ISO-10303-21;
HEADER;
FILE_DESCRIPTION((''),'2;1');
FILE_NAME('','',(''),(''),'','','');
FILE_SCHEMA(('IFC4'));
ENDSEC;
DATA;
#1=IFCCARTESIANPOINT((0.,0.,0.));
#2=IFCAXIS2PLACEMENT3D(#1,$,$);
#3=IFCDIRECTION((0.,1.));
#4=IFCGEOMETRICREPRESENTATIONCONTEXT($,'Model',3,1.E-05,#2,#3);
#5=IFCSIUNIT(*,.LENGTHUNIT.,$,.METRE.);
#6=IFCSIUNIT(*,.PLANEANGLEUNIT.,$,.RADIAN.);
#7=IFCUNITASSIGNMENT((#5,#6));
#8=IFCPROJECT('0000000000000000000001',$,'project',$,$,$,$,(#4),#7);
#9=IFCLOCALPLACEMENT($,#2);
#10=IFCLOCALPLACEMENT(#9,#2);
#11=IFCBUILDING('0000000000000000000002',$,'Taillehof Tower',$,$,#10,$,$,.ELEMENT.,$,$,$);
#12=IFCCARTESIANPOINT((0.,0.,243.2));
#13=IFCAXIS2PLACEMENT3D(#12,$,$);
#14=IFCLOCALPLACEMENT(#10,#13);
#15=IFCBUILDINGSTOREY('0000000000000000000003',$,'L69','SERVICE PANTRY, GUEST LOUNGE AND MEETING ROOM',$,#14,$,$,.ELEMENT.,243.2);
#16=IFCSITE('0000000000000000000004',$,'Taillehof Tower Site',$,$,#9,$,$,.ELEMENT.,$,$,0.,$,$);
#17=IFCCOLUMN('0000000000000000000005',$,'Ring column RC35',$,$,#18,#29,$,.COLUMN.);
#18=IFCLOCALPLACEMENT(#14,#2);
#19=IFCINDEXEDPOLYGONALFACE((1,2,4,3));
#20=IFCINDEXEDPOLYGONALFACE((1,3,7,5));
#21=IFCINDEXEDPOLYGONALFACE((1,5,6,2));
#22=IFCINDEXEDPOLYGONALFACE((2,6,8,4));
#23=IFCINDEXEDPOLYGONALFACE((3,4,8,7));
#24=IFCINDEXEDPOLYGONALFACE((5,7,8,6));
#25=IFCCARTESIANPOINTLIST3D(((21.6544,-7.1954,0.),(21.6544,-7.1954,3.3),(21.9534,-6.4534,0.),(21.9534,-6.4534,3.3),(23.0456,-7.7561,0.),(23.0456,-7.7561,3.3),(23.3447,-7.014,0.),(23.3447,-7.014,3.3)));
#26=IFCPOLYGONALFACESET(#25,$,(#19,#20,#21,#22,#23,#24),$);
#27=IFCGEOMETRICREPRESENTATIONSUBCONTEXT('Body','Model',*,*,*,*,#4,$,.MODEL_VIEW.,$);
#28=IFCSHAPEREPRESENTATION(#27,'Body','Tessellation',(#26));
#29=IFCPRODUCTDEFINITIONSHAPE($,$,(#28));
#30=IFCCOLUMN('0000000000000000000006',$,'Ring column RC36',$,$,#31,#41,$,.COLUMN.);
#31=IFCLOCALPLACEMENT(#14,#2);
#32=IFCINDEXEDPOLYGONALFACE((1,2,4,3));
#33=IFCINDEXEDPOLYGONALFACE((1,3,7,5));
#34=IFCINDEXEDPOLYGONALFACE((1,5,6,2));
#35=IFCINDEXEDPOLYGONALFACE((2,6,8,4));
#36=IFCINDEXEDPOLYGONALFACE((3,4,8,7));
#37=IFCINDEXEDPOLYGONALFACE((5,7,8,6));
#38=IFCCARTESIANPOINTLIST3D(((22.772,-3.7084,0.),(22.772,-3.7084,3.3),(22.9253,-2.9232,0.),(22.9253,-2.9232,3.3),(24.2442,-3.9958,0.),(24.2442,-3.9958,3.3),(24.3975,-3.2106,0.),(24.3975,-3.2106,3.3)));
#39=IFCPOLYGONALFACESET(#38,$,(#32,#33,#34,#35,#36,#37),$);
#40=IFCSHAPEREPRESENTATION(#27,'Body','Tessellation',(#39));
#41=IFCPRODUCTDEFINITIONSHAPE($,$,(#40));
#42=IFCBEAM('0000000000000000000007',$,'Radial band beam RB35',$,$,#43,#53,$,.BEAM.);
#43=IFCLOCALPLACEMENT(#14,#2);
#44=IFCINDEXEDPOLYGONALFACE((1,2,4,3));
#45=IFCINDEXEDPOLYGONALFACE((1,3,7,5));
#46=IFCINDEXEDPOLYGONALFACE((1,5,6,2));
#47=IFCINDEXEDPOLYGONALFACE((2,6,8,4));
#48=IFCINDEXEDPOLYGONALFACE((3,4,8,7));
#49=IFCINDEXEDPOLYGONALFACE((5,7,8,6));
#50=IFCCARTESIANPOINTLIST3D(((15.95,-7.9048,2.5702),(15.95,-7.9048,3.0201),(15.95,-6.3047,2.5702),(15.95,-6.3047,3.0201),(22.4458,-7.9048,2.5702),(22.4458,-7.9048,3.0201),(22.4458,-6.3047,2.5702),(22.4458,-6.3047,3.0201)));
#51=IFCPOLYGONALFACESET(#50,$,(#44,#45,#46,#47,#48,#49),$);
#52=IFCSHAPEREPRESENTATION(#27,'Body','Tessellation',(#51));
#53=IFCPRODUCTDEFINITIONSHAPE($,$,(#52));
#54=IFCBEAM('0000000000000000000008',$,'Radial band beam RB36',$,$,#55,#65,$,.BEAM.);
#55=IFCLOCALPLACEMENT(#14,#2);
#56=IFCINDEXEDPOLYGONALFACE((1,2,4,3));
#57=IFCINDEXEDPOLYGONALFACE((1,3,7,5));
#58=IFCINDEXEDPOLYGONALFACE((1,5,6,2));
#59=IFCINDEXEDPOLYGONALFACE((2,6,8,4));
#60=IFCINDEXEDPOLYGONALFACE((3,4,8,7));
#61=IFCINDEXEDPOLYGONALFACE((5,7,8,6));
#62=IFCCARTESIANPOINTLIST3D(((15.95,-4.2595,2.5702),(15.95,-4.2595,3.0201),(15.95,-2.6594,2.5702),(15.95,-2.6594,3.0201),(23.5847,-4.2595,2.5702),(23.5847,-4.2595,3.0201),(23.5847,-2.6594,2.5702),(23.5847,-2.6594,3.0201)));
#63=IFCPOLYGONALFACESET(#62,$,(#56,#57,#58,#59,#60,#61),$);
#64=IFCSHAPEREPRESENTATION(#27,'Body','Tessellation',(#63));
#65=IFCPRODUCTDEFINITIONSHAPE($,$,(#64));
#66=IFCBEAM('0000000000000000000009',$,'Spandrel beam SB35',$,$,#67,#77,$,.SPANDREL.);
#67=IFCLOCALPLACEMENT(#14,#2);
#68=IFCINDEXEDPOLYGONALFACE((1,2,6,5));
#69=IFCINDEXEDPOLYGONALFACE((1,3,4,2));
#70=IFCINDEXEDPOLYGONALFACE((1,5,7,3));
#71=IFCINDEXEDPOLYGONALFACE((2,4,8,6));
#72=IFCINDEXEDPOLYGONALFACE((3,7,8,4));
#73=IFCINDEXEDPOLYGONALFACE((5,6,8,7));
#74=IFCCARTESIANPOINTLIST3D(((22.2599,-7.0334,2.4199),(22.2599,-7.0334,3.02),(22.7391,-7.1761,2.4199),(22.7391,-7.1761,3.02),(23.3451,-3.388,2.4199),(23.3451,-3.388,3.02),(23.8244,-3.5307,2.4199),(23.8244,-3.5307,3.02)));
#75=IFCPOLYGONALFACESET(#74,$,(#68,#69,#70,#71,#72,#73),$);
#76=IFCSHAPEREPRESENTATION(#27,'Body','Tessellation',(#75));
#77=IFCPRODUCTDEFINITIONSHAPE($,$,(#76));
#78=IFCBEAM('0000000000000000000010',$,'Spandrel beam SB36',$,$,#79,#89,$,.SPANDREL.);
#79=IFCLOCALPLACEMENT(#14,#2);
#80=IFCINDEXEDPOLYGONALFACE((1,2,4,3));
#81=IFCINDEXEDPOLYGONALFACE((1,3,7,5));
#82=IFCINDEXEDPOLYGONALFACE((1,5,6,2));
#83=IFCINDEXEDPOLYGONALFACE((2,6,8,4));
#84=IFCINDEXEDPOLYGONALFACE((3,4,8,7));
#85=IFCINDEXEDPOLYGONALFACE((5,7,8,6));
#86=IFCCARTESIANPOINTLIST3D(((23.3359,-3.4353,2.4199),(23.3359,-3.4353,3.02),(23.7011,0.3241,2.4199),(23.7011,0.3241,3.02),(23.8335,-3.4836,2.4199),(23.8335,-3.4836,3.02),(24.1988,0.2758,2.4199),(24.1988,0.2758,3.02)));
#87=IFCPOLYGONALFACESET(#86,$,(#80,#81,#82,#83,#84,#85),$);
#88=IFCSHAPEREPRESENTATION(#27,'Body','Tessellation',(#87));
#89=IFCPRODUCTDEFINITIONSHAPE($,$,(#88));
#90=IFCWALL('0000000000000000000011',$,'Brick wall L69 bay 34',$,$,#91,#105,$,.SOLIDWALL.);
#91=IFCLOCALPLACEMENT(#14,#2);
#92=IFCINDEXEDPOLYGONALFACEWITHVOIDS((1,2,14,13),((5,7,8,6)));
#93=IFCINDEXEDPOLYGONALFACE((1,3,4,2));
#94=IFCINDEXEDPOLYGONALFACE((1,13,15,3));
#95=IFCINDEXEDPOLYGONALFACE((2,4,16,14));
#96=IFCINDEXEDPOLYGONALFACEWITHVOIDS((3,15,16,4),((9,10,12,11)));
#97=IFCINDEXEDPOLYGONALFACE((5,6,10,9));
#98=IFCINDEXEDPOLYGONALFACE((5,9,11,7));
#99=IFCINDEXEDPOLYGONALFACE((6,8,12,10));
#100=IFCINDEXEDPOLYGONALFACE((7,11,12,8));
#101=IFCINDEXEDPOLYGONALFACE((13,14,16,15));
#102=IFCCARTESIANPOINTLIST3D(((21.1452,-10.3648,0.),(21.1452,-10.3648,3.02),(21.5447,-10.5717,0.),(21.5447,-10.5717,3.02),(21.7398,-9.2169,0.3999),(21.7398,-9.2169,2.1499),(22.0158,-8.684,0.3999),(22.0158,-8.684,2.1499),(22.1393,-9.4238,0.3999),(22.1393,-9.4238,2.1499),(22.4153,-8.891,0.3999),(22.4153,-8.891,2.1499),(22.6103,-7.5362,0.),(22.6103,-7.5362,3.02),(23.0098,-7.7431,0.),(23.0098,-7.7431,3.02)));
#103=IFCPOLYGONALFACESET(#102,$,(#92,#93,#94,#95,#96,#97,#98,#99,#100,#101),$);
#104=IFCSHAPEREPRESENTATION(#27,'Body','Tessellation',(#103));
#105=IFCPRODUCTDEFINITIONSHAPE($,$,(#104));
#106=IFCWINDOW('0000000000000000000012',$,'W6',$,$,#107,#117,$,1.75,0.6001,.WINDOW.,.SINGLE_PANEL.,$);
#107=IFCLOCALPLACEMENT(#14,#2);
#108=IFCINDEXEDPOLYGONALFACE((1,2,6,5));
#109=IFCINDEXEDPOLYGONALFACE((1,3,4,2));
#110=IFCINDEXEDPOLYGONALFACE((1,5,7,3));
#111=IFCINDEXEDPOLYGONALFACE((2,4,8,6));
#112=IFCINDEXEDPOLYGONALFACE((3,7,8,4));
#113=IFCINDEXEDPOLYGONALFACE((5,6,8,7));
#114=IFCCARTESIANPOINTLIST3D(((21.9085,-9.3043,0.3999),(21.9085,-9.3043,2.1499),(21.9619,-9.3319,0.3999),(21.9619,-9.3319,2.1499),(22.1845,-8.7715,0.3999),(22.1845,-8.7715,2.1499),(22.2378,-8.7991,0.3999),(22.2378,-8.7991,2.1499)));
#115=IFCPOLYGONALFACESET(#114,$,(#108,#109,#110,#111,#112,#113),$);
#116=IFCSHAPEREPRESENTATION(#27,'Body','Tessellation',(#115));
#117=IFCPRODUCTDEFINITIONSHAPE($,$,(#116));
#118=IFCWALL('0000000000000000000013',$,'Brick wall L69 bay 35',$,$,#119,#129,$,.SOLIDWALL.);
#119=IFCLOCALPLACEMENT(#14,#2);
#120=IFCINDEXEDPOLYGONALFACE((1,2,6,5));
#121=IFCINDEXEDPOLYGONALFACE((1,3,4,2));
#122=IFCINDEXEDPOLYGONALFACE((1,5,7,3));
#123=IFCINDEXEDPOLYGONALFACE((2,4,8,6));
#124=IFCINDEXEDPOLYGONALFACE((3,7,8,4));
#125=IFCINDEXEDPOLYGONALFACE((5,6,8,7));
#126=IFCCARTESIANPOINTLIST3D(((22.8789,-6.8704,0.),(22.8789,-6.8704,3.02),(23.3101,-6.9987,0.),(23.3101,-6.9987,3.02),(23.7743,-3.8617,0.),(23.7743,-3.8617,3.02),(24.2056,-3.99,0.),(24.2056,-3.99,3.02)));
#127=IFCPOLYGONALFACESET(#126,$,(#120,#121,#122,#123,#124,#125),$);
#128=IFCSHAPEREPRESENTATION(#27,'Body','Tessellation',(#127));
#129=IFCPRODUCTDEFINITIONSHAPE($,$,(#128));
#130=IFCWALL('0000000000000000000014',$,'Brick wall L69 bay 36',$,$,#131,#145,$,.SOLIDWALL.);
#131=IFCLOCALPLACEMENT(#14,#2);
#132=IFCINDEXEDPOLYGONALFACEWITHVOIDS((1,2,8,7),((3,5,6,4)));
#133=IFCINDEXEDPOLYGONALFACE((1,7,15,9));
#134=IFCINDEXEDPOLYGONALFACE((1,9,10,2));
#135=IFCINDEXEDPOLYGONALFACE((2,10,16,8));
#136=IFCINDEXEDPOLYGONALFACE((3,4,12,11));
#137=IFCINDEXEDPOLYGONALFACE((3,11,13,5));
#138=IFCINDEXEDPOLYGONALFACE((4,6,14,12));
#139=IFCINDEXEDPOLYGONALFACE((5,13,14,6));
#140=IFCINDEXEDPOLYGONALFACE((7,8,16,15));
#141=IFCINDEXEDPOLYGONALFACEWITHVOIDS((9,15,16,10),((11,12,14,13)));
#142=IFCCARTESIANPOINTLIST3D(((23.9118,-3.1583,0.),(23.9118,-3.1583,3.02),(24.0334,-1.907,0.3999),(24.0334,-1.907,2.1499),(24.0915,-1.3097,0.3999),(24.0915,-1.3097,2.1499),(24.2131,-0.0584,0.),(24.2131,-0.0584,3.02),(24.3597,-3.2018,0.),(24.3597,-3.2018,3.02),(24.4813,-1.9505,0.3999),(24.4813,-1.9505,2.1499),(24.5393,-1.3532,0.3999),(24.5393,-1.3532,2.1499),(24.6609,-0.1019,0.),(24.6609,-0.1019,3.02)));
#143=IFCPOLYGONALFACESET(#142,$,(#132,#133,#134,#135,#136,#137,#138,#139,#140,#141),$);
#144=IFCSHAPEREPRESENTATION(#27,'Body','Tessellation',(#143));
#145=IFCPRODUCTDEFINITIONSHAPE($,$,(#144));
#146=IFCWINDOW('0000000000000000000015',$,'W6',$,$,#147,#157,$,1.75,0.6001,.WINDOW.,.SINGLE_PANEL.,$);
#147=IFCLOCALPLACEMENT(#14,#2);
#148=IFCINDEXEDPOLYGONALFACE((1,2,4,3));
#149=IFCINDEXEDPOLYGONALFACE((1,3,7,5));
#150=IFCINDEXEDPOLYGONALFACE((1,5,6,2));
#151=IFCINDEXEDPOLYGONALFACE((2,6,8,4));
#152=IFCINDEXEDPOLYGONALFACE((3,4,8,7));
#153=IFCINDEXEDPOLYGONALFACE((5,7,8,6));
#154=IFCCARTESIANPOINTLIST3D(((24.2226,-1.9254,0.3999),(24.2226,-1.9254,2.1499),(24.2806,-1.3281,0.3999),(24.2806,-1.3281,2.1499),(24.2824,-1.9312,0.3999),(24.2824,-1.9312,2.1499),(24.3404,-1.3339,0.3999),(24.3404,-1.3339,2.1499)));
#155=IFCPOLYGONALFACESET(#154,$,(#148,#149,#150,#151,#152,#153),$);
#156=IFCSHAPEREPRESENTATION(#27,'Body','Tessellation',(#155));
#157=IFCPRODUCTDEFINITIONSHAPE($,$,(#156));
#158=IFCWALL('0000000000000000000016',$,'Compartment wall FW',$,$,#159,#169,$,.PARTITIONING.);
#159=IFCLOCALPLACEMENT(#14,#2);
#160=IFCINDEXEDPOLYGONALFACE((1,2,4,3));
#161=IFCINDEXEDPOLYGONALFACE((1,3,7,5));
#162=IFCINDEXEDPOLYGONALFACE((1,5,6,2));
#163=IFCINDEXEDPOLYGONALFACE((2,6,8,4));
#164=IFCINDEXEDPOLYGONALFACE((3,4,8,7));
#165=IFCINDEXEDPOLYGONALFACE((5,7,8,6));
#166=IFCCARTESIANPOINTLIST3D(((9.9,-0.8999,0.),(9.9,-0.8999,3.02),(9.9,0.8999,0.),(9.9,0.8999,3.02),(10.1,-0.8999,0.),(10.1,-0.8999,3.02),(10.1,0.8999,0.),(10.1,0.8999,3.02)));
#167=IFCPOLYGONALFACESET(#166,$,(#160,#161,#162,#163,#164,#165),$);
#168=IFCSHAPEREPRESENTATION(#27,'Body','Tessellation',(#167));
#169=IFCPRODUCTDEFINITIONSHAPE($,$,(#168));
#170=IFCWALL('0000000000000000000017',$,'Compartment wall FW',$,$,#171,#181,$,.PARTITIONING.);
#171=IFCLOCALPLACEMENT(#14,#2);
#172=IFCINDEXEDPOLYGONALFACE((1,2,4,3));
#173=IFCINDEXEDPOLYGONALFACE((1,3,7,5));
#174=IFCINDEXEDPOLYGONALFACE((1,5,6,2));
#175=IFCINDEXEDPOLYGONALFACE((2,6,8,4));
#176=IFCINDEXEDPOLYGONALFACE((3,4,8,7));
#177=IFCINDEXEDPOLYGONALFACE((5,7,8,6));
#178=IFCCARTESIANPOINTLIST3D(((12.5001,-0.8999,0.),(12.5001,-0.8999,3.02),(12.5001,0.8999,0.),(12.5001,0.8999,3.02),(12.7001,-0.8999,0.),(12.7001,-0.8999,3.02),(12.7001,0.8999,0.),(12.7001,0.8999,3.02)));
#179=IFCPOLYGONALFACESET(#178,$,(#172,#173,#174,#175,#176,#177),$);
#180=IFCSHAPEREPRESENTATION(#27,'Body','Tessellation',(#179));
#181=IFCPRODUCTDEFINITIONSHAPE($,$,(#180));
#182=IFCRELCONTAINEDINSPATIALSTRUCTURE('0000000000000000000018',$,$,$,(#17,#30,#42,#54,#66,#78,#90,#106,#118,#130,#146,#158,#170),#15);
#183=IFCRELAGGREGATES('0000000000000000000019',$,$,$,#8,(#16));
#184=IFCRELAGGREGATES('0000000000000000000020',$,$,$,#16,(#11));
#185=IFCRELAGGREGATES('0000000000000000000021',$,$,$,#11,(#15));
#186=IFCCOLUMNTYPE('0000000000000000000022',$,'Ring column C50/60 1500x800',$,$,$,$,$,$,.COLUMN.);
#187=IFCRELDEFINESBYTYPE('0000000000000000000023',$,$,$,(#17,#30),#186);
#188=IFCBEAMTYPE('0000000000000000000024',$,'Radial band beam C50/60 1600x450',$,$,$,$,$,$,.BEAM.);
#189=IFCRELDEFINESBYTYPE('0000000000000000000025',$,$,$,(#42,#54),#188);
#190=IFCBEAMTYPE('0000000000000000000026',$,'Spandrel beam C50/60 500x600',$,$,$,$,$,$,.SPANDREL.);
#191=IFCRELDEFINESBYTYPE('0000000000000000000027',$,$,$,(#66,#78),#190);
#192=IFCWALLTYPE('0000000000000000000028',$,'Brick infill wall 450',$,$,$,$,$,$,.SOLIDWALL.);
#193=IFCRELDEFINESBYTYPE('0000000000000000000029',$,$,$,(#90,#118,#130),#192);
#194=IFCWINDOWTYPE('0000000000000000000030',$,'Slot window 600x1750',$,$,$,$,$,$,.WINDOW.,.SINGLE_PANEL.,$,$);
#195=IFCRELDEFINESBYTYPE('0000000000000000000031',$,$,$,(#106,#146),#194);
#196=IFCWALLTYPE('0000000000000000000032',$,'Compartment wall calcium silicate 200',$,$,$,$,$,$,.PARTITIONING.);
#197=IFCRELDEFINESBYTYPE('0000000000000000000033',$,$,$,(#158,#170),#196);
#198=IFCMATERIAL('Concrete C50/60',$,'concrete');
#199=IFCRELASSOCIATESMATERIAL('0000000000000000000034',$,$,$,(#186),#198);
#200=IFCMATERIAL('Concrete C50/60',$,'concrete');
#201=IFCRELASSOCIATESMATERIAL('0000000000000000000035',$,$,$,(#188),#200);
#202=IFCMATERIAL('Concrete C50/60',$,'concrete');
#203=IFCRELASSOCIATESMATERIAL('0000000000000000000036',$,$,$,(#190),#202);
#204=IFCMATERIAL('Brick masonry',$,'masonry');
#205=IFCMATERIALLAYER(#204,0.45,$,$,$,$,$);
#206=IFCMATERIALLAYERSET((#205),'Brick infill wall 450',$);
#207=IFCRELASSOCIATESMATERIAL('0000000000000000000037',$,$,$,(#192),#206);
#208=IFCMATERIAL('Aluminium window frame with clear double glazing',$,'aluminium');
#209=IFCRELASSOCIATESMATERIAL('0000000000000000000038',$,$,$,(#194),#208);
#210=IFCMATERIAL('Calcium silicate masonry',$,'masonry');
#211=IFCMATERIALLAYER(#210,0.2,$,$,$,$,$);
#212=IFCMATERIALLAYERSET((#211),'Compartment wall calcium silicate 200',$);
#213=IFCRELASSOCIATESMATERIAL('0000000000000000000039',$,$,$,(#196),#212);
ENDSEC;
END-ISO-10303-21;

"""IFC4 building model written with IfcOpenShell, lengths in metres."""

from ifc_helpers import new_model, si_unit, direction, frame, frame_2d, origin, origin_2d, place, context, subcontext, project, spatial, rectangle, extrude, material, layer, layer_set, material_profile, profile_set, type_object, element, fill, save


model = new_model("IFC4")

# Units and contexts
model_context = context("Model", 3, precision=1e-05, world=origin(), true_north=direction((0.0, 1.0)))
body_context = subcontext(model_context, "Body", "Model", "MODEL_VIEW")
ifc_project = project(units=[si_unit("LENGTHUNIT", "METRE"), si_unit("PLANEANGLEUNIT", "RADIAN")], contexts=[model_context])

# Site, building, storey
site_placement = place(None, origin())
site = spatial("IfcSite", under=ifc_project, at=site_placement, Name="Taillehof Tower Site", CompositionType="ELEMENT", RefElevation=0.0)
building_placement = place(site_placement, origin())
building = spatial("IfcBuilding", under=site, at=building_placement, Name="Taillehof Tower", CompositionType="ELEMENT")
storey_placement = place(building_placement, frame((0.0, 0.0, 243.2)))
storey = spatial("IfcBuildingStorey", under=building, at=storey_placement, Name="L69", Description="SERVICE PANTRY, GUEST LOUNGE AND MEETING ROOM", CompositionType="ELEMENT", Elevation=243.2)

# Columns
ifc_material_1 = material(Name="Concrete C50/60", Category="concrete")
ifc_material_profile_1 = material_profile(ifc_material_1, rectangle(XDim=1.5, YDim=0.8, at=origin_2d()), Name="RC 1500x800")
ifc_profile_set_1 = profile_set([ifc_material_profile_1], Name="Concrete C50/60")
column_type = type_object("IfcColumnType", Name="Ring column C50/60 1500x800", PredefinedType="COLUMN", material=ifc_profile_set_1)
for number, where, z_axis, x_axis, name in (
    (1, (22.4995, -7.1047, 0.0), (0.0, 0.0, 1.0), (0.927525, -0.373762, 0.0), "Ring column RC35"),
    (2, (23.5847, -3.4595, 0.0), (0.0, 0.0, 1.0), (0.981473, -0.191602, 0.0), "Ring column RC36"),
):
    element("IfcColumn", number, at=place(storey_placement, frame(where, z_axis=z_axis, x_axis=x_axis)), inside=storey, type_object=column_type, Name=name, PredefinedType="COLUMN", context=body_context, shape_type="SweptSolid", body=[
        extrude(rectangle(XDim=1.5, YDim=0.8, at=origin_2d()), origin(), (0.0, 0.0, 1.0), 3.3),
    ])

# Beams
ifc_material_2 = material(Name="Concrete C50/60", Category="concrete")
ifc_material_profile_2 = material_profile(ifc_material_2, rectangle(XDim=1.6001, YDim=0.45, at=origin_2d()), Name="RC 1600x450")
ifc_profile_set_2 = profile_set([ifc_material_profile_2], Name="Concrete C50/60")
beam_type_1 = type_object("IfcBeamType", Name="Radial band beam C50/60 1600x450", PredefinedType="BEAM", material=ifc_profile_set_2)
beam_1_placement = place(storey_placement, frame((22.4458, -7.1047, 2.7952), z_axis=(-1.0, 0.0, 0.0), x_axis=(0.0, -1.0, 0.0)))
element("IfcBeam", 3, at=beam_1_placement, inside=storey, type_object=beam_type_1, Name="Radial band beam RB35", PredefinedType="BEAM", context=body_context, shape_type="SweptSolid", body=[
    extrude(rectangle(XDim=1.6001, YDim=0.45, at=origin_2d()), origin(), (0.0, 0.0, 1.0), 6.4958),
])
beam_2_placement = place(storey_placement, frame((23.5847, -3.4595, 2.7952), z_axis=(-1.0, 0.0, 0.0), x_axis=(0.0, -1.0, 0.0)))
element("IfcBeam", 4, at=beam_2_placement, inside=storey, type_object=beam_type_1, Name="Radial band beam RB36", PredefinedType="BEAM", context=body_context, shape_type="SweptSolid", body=[
    extrude(rectangle(XDim=1.6001, YDim=0.45, at=origin_2d()), origin(), (0.0, 0.0, 1.0), 7.6348),
])
ifc_material_3 = material(Name="Concrete C50/60", Category="concrete")
ifc_material_profile_3 = material_profile(ifc_material_3, rectangle(XDim=0.5, YDim=0.6001, at=origin_2d()), Name="RC 500x600")
ifc_profile_set_3 = profile_set([ifc_material_profile_3], Name="Concrete C50/60")
beam_type_2 = type_object("IfcBeamType", Name="Spandrel beam C50/60 500x600", PredefinedType="SPANDREL", material=ifc_profile_set_3)
beam_3_placement = place(storey_placement, frame((22.4995, -7.1047, 2.72), z_axis=(0.285327, 0.95843, 0.0), x_axis=(-0.95843, 0.285327, 0.0)))
element("IfcBeam", 5, at=beam_3_placement, inside=storey, type_object=beam_type_2, Name="Spandrel beam SB35", PredefinedType="SPANDREL", context=body_context, shape_type="SweptSolid", body=[
    extrude(rectangle(XDim=0.5, YDim=0.6001, at=origin_2d()), origin(), (0.0, 0.0, 1.0), 3.8035),
])
beam_4_placement = place(storey_placement, frame((23.5847, -3.4595, 2.72), z_axis=(0.096694, 0.995314, 0.0), x_axis=(-0.995314, 0.096694, 0.0)))
element("IfcBeam", 6, at=beam_4_placement, inside=storey, type_object=beam_type_2, Name="Spandrel beam SB36", PredefinedType="SPANDREL", context=body_context, shape_type="SweptSolid", body=[
    extrude(rectangle(XDim=0.5, YDim=0.6001, at=origin_2d()), origin(), (0.0, 0.0, 1.0), 3.7771),
])

# Wall, opening, window
ifc_material_4 = material(Name="Brick masonry", Category="masonry")
ifc_layer_1 = layer(ifc_material_4, 0.45)
ifc_layer_set_1 = layer_set([ifc_layer_1], Name="Brick infill wall 450")
wall_type_1 = type_object("IfcWallType", Name="Brick infill wall 450", PredefinedType="SOLIDWALL", material=ifc_layer_set_1)
wall_1_placement = place(storey_placement, frame((21.345, -10.4683, 0.0), z_axis=(0.0, 0.0, 1.0), x_axis=(0.459921, 0.88796, 0.0)))
wall_1 = element("IfcWall", 7, at=wall_1_placement, inside=storey, type_object=wall_type_1, Name="Brick wall L69 bay 34", PredefinedType="SOLIDWALL", context=body_context, shape_type="SweptSolid", body=[
    extrude(rectangle(XDim=3.1855, YDim=0.45, at=frame_2d((1.5928, 0.0))), origin(), (0.0, 0.0, 1.0), 3.02),
])
opening_1_placement = place(wall_1_placement, frame((1.2927, 0.0, 0.3999)))
opening_1 = element("IfcOpeningElement", 8, at=opening_1_placement, cuts=wall_1, PredefinedType="OPENING", context=body_context, shape_type="SweptSolid", body=[
    extrude(rectangle(XDim=0.6001, YDim=1.75, at=frame_2d((0.3, 0.875))), frame((0.0, 0.2349, 0.0), z_axis=(0.0, -1.0, 0.0), x_axis=(1.0, 0.0, 0.0)), (0.0, 0.0, 1.0), 0.47),
])
ifc_material_5 = material(Name="Aluminium window frame with clear double glazing", Category="aluminium")
window_type = type_object("IfcWindowType", Name="Slot window 600x1750", PartitioningType="SINGLE_PANEL", PredefinedType="WINDOW", material=ifc_material_5)
window_1_placement = place(opening_1_placement, origin())
window_1 = element("IfcWindow", 9, at=window_1_placement, inside=storey, type_object=window_type, Name="W6", OverallHeight=1.75, OverallWidth=0.6001, PartitioningType="SINGLE_PANEL", PredefinedType="WINDOW", context=body_context, shape_type="SweptSolid", body=[
    extrude(rectangle(XDim=0.6001, YDim=1.75, at=frame_2d((0.3, 0.875))), frame((0.0, 0.0349, 0.0), z_axis=(0.0, -1.0, 0.0), x_axis=(1.0, 0.0, 0.0)), (0.0, 0.0, 1.0), 0.0601),
])
fill(opening_1, window_1)

# Wall
wall_2_placement = place(storey_placement, frame((23.0945, -6.9346, 0.0), z_axis=(0.0, 0.0, 1.0), x_axis=(0.285264, 0.958449, 0.0)))
element("IfcWall", 10, at=wall_2_placement, inside=storey, type_object=wall_type_1, Name="Brick wall L69 bay 35", PredefinedType="SOLIDWALL", context=body_context, shape_type="SweptSolid", body=[
    extrude(rectangle(XDim=3.1392, YDim=0.45, at=frame_2d((1.5696, 0.0))), origin(), (0.0, 0.0, 1.0), 3.02),
])

# Wall, opening, window
wall_3_placement = place(storey_placement, frame((24.1357, -3.1799, 0.0), z_axis=(0.0, 0.0, 1.0), x_axis=(0.096733, 0.99531, 0.0)))
wall_3 = element("IfcWall", 11, at=wall_3_placement, inside=storey, type_object=wall_type_1, Name="Brick wall L69 bay 36", PredefinedType="SOLIDWALL", context=body_context, shape_type="SweptSolid", body=[
    extrude(rectangle(XDim=3.1145, YDim=0.45, at=frame_2d((1.5571, 0.0))), origin(), (0.0, 0.0, 1.0), 3.02),
])
opening_2_placement = place(wall_3_placement, frame((1.2571, 0.0, 0.3999)))
opening_2 = element("IfcOpeningElement", 12, at=opening_2_placement, cuts=wall_3, PredefinedType="OPENING", context=body_context, shape_type="SweptSolid", body=[
    extrude(rectangle(XDim=0.6001, YDim=1.75, at=frame_2d((0.3, 0.875))), frame((0.0, 0.2349, 0.0), z_axis=(0.0, -1.0, 0.0), x_axis=(1.0, 0.0, 0.0)), (0.0, 0.0, 1.0), 0.47),
])
window_2_placement = place(opening_2_placement, origin())
window_2 = element("IfcWindow", 13, at=window_2_placement, inside=storey, type_object=window_type, Name="W6", OverallHeight=1.75, OverallWidth=0.6001, PartitioningType="SINGLE_PANEL", PredefinedType="WINDOW", context=body_context, shape_type="SweptSolid", body=[
    extrude(rectangle(XDim=0.6001, YDim=1.75, at=frame_2d((0.3, 0.875))), frame((0.0, 0.0349, 0.0), z_axis=(0.0, -1.0, 0.0), x_axis=(1.0, 0.0, 0.0)), (0.0, 0.0, 1.0), 0.0601),
])
fill(opening_2, window_2)

# Walls
ifc_material_6 = material(Name="Calcium silicate masonry", Category="masonry")
ifc_layer_2 = layer(ifc_material_6, 0.2)
ifc_layer_set_2 = layer_set([ifc_layer_2], Name="Compartment wall calcium silicate 200")
wall_type_2 = type_object("IfcWallType", Name="Compartment wall calcium silicate 200", PredefinedType="PARTITIONING", material=ifc_layer_set_2)
for number, where, z_axis, x_axis, name in (
    (14, (10.0, -0.8999, 0.0), (0.0, 0.0, 1.0), (0.0, 1.0, 0.0), "Compartment wall FW"),
    (15, (12.6001, -0.8999, 0.0), (0.0, 0.0, 1.0), (0.0, 1.0, 0.0), "Compartment wall FW"),
):
    element("IfcWall", number, at=place(storey_placement, frame(where, z_axis=z_axis, x_axis=x_axis)), inside=storey, type_object=wall_type_2, Name=name, PredefinedType="PARTITIONING", context=body_context, shape_type="SweptSolid", body=[
        extrude(rectangle(XDim=1.7998, YDim=0.2, at=frame_2d((0.8999, 0.0))), origin(), (0.0, 0.0, 1.0), 3.02),
    ])

save(model, "model.ifc")
